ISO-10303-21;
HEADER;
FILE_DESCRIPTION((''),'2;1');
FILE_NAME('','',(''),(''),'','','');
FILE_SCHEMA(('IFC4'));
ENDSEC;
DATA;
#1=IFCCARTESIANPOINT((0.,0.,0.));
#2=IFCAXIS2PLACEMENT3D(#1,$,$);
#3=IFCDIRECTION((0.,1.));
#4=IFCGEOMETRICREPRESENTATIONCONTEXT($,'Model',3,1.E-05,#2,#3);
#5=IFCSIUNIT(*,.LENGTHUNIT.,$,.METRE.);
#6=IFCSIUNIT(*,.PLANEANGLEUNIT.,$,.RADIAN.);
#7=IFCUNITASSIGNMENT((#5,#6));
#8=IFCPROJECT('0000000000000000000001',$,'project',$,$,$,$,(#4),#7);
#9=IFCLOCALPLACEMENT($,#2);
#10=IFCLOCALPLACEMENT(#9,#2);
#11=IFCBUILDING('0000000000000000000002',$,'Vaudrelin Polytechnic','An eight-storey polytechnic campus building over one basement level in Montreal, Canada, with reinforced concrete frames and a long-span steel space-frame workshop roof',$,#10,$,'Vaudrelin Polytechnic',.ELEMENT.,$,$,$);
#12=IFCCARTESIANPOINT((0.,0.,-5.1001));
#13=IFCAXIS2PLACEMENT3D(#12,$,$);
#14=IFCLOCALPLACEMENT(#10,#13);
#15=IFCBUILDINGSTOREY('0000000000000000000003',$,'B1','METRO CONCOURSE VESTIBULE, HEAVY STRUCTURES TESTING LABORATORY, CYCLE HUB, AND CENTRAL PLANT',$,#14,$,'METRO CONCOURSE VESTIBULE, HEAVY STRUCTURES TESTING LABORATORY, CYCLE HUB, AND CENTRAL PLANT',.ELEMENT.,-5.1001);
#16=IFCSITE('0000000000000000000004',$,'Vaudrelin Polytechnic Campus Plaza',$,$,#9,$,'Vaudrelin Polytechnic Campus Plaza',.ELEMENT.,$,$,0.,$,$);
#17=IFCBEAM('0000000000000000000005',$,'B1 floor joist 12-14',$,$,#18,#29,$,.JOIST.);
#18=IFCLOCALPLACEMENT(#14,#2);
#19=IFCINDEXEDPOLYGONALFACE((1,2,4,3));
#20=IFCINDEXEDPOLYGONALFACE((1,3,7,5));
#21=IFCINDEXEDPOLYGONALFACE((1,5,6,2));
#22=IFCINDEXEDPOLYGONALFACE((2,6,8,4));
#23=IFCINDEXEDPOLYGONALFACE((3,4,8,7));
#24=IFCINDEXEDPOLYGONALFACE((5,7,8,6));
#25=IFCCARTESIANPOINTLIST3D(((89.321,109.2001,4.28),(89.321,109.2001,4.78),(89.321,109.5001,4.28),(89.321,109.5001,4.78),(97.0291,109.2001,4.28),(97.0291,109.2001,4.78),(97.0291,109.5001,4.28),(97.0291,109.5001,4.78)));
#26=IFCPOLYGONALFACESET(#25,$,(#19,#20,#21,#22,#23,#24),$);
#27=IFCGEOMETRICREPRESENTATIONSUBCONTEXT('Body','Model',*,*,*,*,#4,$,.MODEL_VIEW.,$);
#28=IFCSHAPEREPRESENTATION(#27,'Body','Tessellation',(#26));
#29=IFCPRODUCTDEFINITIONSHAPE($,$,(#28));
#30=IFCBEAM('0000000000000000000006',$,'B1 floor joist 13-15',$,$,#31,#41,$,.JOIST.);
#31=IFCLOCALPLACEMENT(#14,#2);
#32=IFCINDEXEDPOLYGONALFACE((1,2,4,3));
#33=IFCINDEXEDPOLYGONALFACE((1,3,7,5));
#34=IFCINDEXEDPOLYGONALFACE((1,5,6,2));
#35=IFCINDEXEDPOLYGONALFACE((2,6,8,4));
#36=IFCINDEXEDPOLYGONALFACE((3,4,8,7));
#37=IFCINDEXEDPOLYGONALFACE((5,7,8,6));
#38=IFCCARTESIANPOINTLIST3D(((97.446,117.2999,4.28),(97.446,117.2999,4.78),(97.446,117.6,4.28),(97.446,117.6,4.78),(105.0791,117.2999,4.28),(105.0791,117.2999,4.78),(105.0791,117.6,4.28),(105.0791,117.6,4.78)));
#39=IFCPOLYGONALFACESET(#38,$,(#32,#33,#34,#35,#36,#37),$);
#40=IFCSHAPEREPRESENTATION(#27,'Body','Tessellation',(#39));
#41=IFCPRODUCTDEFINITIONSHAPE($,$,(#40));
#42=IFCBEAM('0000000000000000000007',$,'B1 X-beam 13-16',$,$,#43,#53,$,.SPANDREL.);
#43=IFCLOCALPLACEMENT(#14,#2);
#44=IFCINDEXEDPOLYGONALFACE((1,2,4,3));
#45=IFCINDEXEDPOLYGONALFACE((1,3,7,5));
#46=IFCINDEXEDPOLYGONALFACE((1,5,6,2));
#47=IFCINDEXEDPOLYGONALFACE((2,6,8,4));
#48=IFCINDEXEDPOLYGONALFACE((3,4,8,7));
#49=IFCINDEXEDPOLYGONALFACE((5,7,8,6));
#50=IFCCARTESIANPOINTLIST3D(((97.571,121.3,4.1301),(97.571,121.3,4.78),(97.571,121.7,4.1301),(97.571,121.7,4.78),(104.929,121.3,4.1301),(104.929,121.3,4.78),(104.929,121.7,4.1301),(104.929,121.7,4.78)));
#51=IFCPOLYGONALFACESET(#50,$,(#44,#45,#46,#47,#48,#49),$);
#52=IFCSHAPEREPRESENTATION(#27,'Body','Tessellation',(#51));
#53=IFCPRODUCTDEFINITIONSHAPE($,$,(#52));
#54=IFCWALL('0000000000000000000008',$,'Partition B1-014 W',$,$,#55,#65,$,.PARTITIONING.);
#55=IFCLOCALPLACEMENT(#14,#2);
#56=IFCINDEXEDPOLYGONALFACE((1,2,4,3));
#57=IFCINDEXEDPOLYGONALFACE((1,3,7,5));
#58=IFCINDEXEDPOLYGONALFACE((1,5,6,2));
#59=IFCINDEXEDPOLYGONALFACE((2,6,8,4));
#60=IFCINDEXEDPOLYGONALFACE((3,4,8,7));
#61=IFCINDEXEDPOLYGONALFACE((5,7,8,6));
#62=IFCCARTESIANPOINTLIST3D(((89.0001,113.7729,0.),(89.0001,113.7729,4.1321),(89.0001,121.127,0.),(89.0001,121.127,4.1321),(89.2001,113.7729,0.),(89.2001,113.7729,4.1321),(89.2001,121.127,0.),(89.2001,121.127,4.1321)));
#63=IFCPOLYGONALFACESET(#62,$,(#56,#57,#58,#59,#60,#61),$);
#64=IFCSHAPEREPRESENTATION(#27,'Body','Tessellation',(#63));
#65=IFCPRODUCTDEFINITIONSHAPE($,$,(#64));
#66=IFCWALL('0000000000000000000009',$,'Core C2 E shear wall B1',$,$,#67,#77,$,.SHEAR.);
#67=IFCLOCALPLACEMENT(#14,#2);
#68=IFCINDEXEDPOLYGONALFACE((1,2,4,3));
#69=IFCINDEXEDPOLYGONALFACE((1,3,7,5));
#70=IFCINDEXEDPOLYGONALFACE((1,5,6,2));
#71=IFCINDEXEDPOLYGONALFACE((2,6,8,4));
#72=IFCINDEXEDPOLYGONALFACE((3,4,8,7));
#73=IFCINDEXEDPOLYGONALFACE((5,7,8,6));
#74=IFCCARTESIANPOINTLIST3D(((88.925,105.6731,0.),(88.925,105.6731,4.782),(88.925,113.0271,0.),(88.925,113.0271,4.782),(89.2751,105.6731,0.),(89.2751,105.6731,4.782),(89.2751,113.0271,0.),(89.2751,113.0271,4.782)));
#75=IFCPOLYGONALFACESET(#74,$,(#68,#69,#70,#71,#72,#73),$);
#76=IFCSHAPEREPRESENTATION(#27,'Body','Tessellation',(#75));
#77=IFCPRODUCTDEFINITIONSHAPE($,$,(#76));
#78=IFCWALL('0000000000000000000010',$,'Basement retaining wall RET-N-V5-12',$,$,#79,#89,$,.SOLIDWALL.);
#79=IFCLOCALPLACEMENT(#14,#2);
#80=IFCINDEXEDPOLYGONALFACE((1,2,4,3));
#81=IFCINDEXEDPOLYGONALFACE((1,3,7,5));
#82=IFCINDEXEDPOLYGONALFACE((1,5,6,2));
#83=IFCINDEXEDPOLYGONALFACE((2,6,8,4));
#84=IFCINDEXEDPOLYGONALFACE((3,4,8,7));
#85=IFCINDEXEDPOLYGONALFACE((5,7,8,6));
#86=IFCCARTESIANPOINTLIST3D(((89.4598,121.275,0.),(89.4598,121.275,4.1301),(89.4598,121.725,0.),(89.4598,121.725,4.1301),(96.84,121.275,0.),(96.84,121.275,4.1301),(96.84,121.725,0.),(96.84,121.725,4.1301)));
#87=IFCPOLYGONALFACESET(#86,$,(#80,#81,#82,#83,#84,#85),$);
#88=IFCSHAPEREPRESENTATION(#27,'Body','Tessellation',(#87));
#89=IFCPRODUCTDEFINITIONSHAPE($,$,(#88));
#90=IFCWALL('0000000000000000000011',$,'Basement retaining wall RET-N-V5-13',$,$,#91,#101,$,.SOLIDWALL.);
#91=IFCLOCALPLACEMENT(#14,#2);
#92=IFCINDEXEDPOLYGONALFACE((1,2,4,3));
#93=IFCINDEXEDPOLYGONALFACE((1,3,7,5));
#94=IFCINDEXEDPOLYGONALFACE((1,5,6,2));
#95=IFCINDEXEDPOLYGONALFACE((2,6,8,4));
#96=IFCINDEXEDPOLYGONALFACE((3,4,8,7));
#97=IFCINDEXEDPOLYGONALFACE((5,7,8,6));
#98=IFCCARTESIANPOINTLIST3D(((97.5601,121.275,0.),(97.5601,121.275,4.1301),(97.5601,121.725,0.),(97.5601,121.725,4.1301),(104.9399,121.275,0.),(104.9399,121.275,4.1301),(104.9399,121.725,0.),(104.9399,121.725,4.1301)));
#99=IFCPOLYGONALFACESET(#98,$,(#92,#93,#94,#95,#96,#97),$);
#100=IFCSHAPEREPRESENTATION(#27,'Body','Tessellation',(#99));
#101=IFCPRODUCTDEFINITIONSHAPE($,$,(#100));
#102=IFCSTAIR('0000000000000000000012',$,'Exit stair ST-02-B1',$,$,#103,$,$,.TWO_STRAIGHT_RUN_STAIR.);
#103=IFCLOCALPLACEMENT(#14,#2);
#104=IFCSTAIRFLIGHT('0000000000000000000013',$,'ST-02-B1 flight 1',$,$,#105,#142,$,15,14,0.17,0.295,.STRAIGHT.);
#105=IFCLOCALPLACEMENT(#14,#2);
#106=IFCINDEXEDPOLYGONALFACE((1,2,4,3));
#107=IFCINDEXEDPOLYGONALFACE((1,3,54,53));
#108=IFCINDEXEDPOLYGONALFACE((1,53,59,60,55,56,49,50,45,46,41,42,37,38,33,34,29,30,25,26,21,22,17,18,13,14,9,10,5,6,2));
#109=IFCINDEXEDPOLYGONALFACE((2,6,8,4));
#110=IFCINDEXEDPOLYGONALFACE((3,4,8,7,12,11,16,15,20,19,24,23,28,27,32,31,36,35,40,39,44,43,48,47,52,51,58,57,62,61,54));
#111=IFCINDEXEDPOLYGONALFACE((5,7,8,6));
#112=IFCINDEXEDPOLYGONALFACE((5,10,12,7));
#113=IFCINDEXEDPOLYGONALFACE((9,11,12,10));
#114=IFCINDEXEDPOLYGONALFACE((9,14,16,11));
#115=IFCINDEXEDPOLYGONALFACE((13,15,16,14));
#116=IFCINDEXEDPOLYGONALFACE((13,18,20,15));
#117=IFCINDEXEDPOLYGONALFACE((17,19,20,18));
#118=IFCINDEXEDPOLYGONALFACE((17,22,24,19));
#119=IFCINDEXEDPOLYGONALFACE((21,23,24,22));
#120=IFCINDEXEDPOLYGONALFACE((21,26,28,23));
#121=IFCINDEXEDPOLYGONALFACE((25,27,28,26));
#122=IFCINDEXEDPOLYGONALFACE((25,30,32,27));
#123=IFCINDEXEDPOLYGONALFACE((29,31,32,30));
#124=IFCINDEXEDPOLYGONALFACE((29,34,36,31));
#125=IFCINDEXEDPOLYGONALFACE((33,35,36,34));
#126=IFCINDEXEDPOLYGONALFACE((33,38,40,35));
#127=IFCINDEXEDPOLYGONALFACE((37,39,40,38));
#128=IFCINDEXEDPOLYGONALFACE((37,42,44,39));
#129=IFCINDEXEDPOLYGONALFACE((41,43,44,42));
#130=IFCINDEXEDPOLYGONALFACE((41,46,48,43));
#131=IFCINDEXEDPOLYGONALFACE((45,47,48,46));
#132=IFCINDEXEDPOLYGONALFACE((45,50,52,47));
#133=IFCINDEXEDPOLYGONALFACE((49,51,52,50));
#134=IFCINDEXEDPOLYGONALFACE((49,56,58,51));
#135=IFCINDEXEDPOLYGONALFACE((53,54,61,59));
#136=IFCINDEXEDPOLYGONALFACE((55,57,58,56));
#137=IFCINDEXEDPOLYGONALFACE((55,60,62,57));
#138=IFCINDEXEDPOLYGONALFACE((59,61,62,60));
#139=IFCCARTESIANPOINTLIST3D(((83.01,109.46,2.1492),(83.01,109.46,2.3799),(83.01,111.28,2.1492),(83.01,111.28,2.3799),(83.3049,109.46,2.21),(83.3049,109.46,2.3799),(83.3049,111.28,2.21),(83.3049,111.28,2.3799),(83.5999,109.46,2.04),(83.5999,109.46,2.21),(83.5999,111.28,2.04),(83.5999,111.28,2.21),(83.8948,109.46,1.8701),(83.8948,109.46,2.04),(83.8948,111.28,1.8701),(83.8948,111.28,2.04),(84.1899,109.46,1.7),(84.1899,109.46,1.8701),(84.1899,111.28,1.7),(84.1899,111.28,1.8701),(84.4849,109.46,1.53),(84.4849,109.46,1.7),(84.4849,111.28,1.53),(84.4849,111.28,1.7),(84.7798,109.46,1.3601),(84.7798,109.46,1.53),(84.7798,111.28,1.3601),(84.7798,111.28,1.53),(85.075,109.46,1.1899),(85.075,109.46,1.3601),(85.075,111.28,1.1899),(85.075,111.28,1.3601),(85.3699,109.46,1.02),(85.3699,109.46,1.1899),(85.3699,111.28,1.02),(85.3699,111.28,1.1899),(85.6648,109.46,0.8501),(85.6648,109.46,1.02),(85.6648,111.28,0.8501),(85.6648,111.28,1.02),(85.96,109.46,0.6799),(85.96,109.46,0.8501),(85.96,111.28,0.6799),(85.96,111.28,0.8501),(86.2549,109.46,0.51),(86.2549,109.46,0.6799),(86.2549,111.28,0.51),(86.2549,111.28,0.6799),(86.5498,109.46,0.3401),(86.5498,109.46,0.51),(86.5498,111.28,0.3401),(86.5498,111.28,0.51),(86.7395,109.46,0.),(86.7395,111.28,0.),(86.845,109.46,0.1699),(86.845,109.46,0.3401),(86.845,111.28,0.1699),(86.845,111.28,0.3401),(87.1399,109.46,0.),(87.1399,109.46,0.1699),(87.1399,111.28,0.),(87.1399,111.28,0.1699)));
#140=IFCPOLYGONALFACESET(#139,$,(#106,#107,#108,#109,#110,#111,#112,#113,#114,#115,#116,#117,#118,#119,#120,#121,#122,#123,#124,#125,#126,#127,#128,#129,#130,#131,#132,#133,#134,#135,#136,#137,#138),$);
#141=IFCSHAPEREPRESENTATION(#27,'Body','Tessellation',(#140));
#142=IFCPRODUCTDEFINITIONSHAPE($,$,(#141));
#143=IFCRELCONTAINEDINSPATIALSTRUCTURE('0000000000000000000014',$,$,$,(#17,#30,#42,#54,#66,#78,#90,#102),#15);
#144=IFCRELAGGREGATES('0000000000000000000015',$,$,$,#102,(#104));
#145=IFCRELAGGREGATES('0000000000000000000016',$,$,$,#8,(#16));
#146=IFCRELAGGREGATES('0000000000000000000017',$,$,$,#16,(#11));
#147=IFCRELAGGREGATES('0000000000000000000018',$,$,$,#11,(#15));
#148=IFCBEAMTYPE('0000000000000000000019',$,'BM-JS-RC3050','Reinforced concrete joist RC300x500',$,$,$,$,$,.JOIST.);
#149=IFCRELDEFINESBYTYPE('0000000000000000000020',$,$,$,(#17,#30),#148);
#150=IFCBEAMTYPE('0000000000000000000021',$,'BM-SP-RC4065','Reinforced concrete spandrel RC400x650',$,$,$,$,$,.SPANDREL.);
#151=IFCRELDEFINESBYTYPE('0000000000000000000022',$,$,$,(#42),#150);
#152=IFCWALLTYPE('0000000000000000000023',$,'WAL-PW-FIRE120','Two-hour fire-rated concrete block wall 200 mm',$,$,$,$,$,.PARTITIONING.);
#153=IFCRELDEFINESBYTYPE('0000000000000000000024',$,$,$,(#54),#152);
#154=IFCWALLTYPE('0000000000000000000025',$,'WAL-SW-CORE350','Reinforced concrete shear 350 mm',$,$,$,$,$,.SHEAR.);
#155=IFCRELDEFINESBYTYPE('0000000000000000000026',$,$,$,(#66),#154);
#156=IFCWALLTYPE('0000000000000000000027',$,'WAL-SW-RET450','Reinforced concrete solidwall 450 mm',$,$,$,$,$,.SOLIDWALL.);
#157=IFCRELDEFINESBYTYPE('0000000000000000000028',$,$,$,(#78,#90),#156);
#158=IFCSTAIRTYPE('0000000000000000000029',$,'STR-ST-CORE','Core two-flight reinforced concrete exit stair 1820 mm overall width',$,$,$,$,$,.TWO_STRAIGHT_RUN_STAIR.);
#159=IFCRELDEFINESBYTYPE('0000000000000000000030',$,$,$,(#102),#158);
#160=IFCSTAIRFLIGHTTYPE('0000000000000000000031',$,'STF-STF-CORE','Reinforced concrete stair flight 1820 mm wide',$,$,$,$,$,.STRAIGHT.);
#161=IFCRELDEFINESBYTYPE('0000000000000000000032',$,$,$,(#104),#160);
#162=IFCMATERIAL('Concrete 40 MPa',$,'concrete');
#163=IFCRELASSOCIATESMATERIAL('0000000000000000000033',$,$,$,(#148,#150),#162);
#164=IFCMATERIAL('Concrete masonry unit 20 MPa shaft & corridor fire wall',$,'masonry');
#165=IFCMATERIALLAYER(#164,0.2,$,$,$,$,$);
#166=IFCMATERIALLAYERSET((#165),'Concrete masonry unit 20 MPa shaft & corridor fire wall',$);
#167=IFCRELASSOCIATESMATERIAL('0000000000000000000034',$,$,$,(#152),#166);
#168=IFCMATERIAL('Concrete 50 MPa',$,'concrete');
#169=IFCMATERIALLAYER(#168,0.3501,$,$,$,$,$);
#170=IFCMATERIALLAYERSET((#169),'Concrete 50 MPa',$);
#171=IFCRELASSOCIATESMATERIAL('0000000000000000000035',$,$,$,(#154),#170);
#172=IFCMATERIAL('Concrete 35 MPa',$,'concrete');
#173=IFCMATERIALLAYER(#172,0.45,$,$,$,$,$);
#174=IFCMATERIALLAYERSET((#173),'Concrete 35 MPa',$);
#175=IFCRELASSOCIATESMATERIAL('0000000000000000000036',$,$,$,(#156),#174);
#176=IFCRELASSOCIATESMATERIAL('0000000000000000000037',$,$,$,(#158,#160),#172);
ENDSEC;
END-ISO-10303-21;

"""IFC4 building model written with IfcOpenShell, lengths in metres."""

from ifc_helpers import new_model, si_unit, direction, frame, frame_2d, origin, origin_2d, place, context, subcontext, project, spatial, polyline, rectangle, outline, extrude, material, layer, layer_set, material_profile, profile_set, type_object, element, aggregate, save


model = new_model("IFC4")

# Units and contexts
model_context = context("Model", 3, precision=1e-05, world=origin(), true_north=direction((0.0, 1.0)))
body_context = subcontext(model_context, "Body", "Model", "MODEL_VIEW")
ifc_project = project(units=[si_unit("LENGTHUNIT", "METRE"), si_unit("PLANEANGLEUNIT", "RADIAN")], contexts=[model_context])

# Site, building, storey
site_placement = place(None, origin())
site = spatial("IfcSite", under=ifc_project, at=site_placement, Name="Vaudrelin Polytechnic Campus Plaza", LongName="Vaudrelin Polytechnic Campus Plaza", CompositionType="ELEMENT", RefElevation=0.0)
building_placement = place(site_placement, origin())
building = spatial("IfcBuilding", under=site, at=building_placement, Name="Vaudrelin Polytechnic", Description="An eight-storey polytechnic campus building over one basement level in Montreal, Canada, with reinforced concrete frames and a long-span steel space-frame workshop roof", LongName="Vaudrelin Polytechnic", CompositionType="ELEMENT")
storey_placement = place(building_placement, frame((0.0, 0.0, -5.1001)))
storey = spatial("IfcBuildingStorey", under=building, at=storey_placement, Name="B1", Description="METRO CONCOURSE VESTIBULE, HEAVY STRUCTURES TESTING LABORATORY, CYCLE HUB, AND CENTRAL PLANT", LongName="METRO CONCOURSE VESTIBULE, HEAVY STRUCTURES TESTING LABORATORY, CYCLE HUB, AND CENTRAL PLANT", CompositionType="ELEMENT", Elevation=-5.1001)

# Shared definitions
ifc_material_1 = material(Name="Concrete 40 MPa", Category="concrete")

# Shared definitions
ifc_material_2 = material(Name="Concrete 50 MPa", Category="concrete")

# Beams
ifc_material_profile_1 = material_profile(ifc_material_1, rectangle(XDim=0.3, YDim=0.5, at=origin_2d()), Name="RC300x500")
ifc_profile_set_1 = profile_set([ifc_material_profile_1], Name="Concrete 40 MPa")
beam_type_1 = type_object("IfcBeamType", Name="BM-JS-RC3050", Description="Reinforced concrete joist RC300x500", PredefinedType="JOIST", material=ifc_profile_set_1)
beam_1_placement = place(storey_placement, frame((89.321, 109.3501, 4.53), z_axis=(1.0, 0.0, 0.0), x_axis=(0.0, 1.0, 0.0)))
element("IfcBeam", 1, at=beam_1_placement, inside=storey, type_object=beam_type_1, Name="B1 floor joist 12-14", PredefinedType="JOIST", context=body_context, shape_type="SweptSolid", body=[
    extrude(rectangle(XDim=0.3, YDim=0.5, at=origin_2d()), origin(), (0.0, 0.0, 1.0), 7.708),
])
beam_2_placement = place(storey_placement, frame((97.446, 117.45, 4.53), z_axis=(1.0, 0.0, 0.0), x_axis=(0.0, 1.0, 0.0)))
element("IfcBeam", 2, at=beam_2_placement, inside=storey, type_object=beam_type_1, Name="B1 floor joist 13-15", PredefinedType="JOIST", context=body_context, shape_type="SweptSolid", body=[
    extrude(rectangle(XDim=0.3, YDim=0.5, at=origin_2d()), origin(), (0.0, 0.0, 1.0), 7.6331),
])
ifc_material_profile_2 = material_profile(ifc_material_1, rectangle(XDim=0.3999, YDim=0.6499, at=origin_2d()), Name="RC400x650")
ifc_profile_set_2 = profile_set([ifc_material_profile_2], Name="Concrete 40 MPa")
beam_type_2 = type_object("IfcBeamType", Name="BM-SP-RC4065", Description="Reinforced concrete spandrel RC400x650", PredefinedType="SPANDREL", material=ifc_profile_set_2)
beam_3_placement = place(storey_placement, frame((97.571, 121.5, 4.4551), z_axis=(1.0, 0.0, 0.0), x_axis=(0.0, 1.0, 0.0)))
element("IfcBeam", 3, at=beam_3_placement, inside=storey, type_object=beam_type_2, Name="B1 X-beam 13-16", PredefinedType="SPANDREL", context=body_context, shape_type="SweptSolid", body=[
    extrude(rectangle(XDim=0.3999, YDim=0.6499, at=origin_2d()), origin(), (0.0, 0.0, 1.0), 7.3579),
])

# Walls
ifc_material_3 = material(Name="Concrete masonry unit 20 MPa shaft & corridor fire wall", Category="masonry")
ifc_layer_1 = layer(ifc_material_3, 0.2)
ifc_layer_set_1 = layer_set([ifc_layer_1], Name="Concrete masonry unit 20 MPa shaft & corridor fire wall")
wall_type_1 = type_object("IfcWallType", Name="WAL-PW-FIRE120", Description="Two-hour fire-rated concrete block wall 200 mm", PredefinedType="PARTITIONING", material=ifc_layer_set_1)
wall_1_placement = place(storey_placement, frame((89.1001, 113.7729, 0.0), z_axis=(0.0, 0.0, 1.0), x_axis=(0.0, 1.0, 0.0)))
element("IfcWall", 4, at=wall_1_placement, inside=storey, type_object=wall_type_1, Name="Partition B1-014 W", PredefinedType="PARTITIONING", context=body_context, shape_type="SweptSolid", body=[
    extrude(rectangle(XDim=7.354, YDim=0.2, at=frame_2d((3.677, 0.0))), origin(), (0.0, 0.0, 1.0), 4.1321),
])
ifc_layer_2 = layer(ifc_material_2, 0.3501)
ifc_layer_set_2 = layer_set([ifc_layer_2], Name="Concrete 50 MPa")
wall_type_2 = type_object("IfcWallType", Name="WAL-SW-CORE350", Description="Reinforced concrete shear 350 mm", PredefinedType="SHEAR", material=ifc_layer_set_2)
wall_2_placement = place(storey_placement, frame((89.1001, 105.6731, 0.0), z_axis=(0.0, 0.0, 1.0), x_axis=(0.0, 1.0, 0.0)))
element("IfcWall", 5, at=wall_2_placement, inside=storey, type_object=wall_type_2, Name="Core C2 E shear wall B1", PredefinedType="SHEAR", context=body_context, shape_type="SweptSolid", body=[
    extrude(rectangle(XDim=7.354, YDim=0.3501, at=frame_2d((3.677, 0.0))), origin(), (0.0, 0.0, 1.0), 4.782),
])
ifc_material_4 = material(Name="Concrete 35 MPa", Category="concrete")
ifc_layer_3 = layer(ifc_material_4, 0.45)
ifc_layer_set_3 = layer_set([ifc_layer_3], Name="Concrete 35 MPa")
wall_type_3 = type_object("IfcWallType", Name="WAL-SW-RET450", Description="Reinforced concrete solidwall 450 mm", PredefinedType="SOLIDWALL", material=ifc_layer_set_3)
wall_3_placement = place(storey_placement, frame((89.46, 121.5, 0.0), z_axis=(0.0, 0.0, 1.0), x_axis=(1.0, 0.0, 0.0)))
element("IfcWall", 6, at=wall_3_placement, inside=storey, type_object=wall_type_3, Name="Basement retaining wall RET-N-V5-12", PredefinedType="SOLIDWALL", context=body_context, shape_type="SweptSolid", body=[
    extrude(rectangle(XDim=7.3801, YDim=0.45, at=frame_2d((3.6899, 0.0))), origin(), (0.0, 0.0, 1.0), 4.1301),
])
wall_4_placement = place(storey_placement, frame((97.5601, 121.5, 0.0), z_axis=(0.0, 0.0, 1.0), x_axis=(1.0, 0.0, 0.0)))
element("IfcWall", 7, at=wall_4_placement, inside=storey, type_object=wall_type_3, Name="Basement retaining wall RET-N-V5-13", PredefinedType="SOLIDWALL", context=body_context, shape_type="SweptSolid", body=[
    extrude(rectangle(XDim=7.3799, YDim=0.45, at=frame_2d((3.6899, 0.0))), origin(), (0.0, 0.0, 1.0), 4.1301),
])

# Stair, stair flight
stair_type = type_object("IfcStairType", Name="STR-ST-CORE", Description="Core two-flight reinforced concrete exit stair 1820 mm overall width", PredefinedType="TWO_STRAIGHT_RUN_STAIR", material=ifc_material_4)
stair_placement = place(storey_placement, origin())
stair = element("IfcStair", 8, at=stair_placement, inside=storey, type_object=stair_type, Name="Exit stair ST-02-B1", PredefinedType="TWO_STRAIGHT_RUN_STAIR")
stair_flight_type = type_object("IfcStairFlightType", Name="STF-STF-CORE", Description="Reinforced concrete stair flight 1820 mm wide", PredefinedType="STRAIGHT", material=ifc_material_4)
stair_flight_placement = place(storey_placement, frame((87.1399, 110.3701, 0.0), z_axis=(0.0, 0.0, 1.0), x_axis=(-1.0, 0.0, 0.0)))
stair_flight = element("IfcStairFlight", 9, at=stair_flight_placement, type_object=stair_flight_type, Name="ST-02-B1 flight 1", NumberOfRisers=15, NumberOfTreads=14, PredefinedType="STRAIGHT", RiserHeight=0.17, TreadLength=0.295, context=body_context, shape_type="SweptSolid", body=[
    extrude(outline(polyline([(0.0, 0.0), (0.0, 0.1699), (0.2949, 0.1699), (0.2949, 0.3401), (0.5901, 0.3401), (0.5901, 0.51), (0.885, 0.51), (0.885, 0.6799), (1.1799, 0.6799), (1.1799, 0.8501), (1.4751, 0.8501), (1.4751, 1.02), (1.77, 1.02), (1.77, 1.1899), (2.0649, 1.1899), (2.0649, 1.3601), (2.3601, 1.3601), (2.3601, 1.53), (2.655, 1.53), (2.655, 1.7), (2.95, 1.7), (2.95, 1.8701), (3.2451, 1.8701), (3.2451, 2.04), (3.54, 2.04), (3.54, 2.21), (3.835, 2.21), (3.835, 2.3799), (4.1299, 2.3799), (4.1299, 2.55), (4.1299, 2.1492), (0.4004, 0.0), (0.0, 0.0)])), frame((0.0, 0.9102, 0.0), z_axis=(0.0, -1.0, 0.0), x_axis=(1.0, 0.0, 0.0)), (0.0, 0.0, 1.0), 1.8201),
])
aggregate(stair, [stair_flight])

save(model, "model.ifc")
